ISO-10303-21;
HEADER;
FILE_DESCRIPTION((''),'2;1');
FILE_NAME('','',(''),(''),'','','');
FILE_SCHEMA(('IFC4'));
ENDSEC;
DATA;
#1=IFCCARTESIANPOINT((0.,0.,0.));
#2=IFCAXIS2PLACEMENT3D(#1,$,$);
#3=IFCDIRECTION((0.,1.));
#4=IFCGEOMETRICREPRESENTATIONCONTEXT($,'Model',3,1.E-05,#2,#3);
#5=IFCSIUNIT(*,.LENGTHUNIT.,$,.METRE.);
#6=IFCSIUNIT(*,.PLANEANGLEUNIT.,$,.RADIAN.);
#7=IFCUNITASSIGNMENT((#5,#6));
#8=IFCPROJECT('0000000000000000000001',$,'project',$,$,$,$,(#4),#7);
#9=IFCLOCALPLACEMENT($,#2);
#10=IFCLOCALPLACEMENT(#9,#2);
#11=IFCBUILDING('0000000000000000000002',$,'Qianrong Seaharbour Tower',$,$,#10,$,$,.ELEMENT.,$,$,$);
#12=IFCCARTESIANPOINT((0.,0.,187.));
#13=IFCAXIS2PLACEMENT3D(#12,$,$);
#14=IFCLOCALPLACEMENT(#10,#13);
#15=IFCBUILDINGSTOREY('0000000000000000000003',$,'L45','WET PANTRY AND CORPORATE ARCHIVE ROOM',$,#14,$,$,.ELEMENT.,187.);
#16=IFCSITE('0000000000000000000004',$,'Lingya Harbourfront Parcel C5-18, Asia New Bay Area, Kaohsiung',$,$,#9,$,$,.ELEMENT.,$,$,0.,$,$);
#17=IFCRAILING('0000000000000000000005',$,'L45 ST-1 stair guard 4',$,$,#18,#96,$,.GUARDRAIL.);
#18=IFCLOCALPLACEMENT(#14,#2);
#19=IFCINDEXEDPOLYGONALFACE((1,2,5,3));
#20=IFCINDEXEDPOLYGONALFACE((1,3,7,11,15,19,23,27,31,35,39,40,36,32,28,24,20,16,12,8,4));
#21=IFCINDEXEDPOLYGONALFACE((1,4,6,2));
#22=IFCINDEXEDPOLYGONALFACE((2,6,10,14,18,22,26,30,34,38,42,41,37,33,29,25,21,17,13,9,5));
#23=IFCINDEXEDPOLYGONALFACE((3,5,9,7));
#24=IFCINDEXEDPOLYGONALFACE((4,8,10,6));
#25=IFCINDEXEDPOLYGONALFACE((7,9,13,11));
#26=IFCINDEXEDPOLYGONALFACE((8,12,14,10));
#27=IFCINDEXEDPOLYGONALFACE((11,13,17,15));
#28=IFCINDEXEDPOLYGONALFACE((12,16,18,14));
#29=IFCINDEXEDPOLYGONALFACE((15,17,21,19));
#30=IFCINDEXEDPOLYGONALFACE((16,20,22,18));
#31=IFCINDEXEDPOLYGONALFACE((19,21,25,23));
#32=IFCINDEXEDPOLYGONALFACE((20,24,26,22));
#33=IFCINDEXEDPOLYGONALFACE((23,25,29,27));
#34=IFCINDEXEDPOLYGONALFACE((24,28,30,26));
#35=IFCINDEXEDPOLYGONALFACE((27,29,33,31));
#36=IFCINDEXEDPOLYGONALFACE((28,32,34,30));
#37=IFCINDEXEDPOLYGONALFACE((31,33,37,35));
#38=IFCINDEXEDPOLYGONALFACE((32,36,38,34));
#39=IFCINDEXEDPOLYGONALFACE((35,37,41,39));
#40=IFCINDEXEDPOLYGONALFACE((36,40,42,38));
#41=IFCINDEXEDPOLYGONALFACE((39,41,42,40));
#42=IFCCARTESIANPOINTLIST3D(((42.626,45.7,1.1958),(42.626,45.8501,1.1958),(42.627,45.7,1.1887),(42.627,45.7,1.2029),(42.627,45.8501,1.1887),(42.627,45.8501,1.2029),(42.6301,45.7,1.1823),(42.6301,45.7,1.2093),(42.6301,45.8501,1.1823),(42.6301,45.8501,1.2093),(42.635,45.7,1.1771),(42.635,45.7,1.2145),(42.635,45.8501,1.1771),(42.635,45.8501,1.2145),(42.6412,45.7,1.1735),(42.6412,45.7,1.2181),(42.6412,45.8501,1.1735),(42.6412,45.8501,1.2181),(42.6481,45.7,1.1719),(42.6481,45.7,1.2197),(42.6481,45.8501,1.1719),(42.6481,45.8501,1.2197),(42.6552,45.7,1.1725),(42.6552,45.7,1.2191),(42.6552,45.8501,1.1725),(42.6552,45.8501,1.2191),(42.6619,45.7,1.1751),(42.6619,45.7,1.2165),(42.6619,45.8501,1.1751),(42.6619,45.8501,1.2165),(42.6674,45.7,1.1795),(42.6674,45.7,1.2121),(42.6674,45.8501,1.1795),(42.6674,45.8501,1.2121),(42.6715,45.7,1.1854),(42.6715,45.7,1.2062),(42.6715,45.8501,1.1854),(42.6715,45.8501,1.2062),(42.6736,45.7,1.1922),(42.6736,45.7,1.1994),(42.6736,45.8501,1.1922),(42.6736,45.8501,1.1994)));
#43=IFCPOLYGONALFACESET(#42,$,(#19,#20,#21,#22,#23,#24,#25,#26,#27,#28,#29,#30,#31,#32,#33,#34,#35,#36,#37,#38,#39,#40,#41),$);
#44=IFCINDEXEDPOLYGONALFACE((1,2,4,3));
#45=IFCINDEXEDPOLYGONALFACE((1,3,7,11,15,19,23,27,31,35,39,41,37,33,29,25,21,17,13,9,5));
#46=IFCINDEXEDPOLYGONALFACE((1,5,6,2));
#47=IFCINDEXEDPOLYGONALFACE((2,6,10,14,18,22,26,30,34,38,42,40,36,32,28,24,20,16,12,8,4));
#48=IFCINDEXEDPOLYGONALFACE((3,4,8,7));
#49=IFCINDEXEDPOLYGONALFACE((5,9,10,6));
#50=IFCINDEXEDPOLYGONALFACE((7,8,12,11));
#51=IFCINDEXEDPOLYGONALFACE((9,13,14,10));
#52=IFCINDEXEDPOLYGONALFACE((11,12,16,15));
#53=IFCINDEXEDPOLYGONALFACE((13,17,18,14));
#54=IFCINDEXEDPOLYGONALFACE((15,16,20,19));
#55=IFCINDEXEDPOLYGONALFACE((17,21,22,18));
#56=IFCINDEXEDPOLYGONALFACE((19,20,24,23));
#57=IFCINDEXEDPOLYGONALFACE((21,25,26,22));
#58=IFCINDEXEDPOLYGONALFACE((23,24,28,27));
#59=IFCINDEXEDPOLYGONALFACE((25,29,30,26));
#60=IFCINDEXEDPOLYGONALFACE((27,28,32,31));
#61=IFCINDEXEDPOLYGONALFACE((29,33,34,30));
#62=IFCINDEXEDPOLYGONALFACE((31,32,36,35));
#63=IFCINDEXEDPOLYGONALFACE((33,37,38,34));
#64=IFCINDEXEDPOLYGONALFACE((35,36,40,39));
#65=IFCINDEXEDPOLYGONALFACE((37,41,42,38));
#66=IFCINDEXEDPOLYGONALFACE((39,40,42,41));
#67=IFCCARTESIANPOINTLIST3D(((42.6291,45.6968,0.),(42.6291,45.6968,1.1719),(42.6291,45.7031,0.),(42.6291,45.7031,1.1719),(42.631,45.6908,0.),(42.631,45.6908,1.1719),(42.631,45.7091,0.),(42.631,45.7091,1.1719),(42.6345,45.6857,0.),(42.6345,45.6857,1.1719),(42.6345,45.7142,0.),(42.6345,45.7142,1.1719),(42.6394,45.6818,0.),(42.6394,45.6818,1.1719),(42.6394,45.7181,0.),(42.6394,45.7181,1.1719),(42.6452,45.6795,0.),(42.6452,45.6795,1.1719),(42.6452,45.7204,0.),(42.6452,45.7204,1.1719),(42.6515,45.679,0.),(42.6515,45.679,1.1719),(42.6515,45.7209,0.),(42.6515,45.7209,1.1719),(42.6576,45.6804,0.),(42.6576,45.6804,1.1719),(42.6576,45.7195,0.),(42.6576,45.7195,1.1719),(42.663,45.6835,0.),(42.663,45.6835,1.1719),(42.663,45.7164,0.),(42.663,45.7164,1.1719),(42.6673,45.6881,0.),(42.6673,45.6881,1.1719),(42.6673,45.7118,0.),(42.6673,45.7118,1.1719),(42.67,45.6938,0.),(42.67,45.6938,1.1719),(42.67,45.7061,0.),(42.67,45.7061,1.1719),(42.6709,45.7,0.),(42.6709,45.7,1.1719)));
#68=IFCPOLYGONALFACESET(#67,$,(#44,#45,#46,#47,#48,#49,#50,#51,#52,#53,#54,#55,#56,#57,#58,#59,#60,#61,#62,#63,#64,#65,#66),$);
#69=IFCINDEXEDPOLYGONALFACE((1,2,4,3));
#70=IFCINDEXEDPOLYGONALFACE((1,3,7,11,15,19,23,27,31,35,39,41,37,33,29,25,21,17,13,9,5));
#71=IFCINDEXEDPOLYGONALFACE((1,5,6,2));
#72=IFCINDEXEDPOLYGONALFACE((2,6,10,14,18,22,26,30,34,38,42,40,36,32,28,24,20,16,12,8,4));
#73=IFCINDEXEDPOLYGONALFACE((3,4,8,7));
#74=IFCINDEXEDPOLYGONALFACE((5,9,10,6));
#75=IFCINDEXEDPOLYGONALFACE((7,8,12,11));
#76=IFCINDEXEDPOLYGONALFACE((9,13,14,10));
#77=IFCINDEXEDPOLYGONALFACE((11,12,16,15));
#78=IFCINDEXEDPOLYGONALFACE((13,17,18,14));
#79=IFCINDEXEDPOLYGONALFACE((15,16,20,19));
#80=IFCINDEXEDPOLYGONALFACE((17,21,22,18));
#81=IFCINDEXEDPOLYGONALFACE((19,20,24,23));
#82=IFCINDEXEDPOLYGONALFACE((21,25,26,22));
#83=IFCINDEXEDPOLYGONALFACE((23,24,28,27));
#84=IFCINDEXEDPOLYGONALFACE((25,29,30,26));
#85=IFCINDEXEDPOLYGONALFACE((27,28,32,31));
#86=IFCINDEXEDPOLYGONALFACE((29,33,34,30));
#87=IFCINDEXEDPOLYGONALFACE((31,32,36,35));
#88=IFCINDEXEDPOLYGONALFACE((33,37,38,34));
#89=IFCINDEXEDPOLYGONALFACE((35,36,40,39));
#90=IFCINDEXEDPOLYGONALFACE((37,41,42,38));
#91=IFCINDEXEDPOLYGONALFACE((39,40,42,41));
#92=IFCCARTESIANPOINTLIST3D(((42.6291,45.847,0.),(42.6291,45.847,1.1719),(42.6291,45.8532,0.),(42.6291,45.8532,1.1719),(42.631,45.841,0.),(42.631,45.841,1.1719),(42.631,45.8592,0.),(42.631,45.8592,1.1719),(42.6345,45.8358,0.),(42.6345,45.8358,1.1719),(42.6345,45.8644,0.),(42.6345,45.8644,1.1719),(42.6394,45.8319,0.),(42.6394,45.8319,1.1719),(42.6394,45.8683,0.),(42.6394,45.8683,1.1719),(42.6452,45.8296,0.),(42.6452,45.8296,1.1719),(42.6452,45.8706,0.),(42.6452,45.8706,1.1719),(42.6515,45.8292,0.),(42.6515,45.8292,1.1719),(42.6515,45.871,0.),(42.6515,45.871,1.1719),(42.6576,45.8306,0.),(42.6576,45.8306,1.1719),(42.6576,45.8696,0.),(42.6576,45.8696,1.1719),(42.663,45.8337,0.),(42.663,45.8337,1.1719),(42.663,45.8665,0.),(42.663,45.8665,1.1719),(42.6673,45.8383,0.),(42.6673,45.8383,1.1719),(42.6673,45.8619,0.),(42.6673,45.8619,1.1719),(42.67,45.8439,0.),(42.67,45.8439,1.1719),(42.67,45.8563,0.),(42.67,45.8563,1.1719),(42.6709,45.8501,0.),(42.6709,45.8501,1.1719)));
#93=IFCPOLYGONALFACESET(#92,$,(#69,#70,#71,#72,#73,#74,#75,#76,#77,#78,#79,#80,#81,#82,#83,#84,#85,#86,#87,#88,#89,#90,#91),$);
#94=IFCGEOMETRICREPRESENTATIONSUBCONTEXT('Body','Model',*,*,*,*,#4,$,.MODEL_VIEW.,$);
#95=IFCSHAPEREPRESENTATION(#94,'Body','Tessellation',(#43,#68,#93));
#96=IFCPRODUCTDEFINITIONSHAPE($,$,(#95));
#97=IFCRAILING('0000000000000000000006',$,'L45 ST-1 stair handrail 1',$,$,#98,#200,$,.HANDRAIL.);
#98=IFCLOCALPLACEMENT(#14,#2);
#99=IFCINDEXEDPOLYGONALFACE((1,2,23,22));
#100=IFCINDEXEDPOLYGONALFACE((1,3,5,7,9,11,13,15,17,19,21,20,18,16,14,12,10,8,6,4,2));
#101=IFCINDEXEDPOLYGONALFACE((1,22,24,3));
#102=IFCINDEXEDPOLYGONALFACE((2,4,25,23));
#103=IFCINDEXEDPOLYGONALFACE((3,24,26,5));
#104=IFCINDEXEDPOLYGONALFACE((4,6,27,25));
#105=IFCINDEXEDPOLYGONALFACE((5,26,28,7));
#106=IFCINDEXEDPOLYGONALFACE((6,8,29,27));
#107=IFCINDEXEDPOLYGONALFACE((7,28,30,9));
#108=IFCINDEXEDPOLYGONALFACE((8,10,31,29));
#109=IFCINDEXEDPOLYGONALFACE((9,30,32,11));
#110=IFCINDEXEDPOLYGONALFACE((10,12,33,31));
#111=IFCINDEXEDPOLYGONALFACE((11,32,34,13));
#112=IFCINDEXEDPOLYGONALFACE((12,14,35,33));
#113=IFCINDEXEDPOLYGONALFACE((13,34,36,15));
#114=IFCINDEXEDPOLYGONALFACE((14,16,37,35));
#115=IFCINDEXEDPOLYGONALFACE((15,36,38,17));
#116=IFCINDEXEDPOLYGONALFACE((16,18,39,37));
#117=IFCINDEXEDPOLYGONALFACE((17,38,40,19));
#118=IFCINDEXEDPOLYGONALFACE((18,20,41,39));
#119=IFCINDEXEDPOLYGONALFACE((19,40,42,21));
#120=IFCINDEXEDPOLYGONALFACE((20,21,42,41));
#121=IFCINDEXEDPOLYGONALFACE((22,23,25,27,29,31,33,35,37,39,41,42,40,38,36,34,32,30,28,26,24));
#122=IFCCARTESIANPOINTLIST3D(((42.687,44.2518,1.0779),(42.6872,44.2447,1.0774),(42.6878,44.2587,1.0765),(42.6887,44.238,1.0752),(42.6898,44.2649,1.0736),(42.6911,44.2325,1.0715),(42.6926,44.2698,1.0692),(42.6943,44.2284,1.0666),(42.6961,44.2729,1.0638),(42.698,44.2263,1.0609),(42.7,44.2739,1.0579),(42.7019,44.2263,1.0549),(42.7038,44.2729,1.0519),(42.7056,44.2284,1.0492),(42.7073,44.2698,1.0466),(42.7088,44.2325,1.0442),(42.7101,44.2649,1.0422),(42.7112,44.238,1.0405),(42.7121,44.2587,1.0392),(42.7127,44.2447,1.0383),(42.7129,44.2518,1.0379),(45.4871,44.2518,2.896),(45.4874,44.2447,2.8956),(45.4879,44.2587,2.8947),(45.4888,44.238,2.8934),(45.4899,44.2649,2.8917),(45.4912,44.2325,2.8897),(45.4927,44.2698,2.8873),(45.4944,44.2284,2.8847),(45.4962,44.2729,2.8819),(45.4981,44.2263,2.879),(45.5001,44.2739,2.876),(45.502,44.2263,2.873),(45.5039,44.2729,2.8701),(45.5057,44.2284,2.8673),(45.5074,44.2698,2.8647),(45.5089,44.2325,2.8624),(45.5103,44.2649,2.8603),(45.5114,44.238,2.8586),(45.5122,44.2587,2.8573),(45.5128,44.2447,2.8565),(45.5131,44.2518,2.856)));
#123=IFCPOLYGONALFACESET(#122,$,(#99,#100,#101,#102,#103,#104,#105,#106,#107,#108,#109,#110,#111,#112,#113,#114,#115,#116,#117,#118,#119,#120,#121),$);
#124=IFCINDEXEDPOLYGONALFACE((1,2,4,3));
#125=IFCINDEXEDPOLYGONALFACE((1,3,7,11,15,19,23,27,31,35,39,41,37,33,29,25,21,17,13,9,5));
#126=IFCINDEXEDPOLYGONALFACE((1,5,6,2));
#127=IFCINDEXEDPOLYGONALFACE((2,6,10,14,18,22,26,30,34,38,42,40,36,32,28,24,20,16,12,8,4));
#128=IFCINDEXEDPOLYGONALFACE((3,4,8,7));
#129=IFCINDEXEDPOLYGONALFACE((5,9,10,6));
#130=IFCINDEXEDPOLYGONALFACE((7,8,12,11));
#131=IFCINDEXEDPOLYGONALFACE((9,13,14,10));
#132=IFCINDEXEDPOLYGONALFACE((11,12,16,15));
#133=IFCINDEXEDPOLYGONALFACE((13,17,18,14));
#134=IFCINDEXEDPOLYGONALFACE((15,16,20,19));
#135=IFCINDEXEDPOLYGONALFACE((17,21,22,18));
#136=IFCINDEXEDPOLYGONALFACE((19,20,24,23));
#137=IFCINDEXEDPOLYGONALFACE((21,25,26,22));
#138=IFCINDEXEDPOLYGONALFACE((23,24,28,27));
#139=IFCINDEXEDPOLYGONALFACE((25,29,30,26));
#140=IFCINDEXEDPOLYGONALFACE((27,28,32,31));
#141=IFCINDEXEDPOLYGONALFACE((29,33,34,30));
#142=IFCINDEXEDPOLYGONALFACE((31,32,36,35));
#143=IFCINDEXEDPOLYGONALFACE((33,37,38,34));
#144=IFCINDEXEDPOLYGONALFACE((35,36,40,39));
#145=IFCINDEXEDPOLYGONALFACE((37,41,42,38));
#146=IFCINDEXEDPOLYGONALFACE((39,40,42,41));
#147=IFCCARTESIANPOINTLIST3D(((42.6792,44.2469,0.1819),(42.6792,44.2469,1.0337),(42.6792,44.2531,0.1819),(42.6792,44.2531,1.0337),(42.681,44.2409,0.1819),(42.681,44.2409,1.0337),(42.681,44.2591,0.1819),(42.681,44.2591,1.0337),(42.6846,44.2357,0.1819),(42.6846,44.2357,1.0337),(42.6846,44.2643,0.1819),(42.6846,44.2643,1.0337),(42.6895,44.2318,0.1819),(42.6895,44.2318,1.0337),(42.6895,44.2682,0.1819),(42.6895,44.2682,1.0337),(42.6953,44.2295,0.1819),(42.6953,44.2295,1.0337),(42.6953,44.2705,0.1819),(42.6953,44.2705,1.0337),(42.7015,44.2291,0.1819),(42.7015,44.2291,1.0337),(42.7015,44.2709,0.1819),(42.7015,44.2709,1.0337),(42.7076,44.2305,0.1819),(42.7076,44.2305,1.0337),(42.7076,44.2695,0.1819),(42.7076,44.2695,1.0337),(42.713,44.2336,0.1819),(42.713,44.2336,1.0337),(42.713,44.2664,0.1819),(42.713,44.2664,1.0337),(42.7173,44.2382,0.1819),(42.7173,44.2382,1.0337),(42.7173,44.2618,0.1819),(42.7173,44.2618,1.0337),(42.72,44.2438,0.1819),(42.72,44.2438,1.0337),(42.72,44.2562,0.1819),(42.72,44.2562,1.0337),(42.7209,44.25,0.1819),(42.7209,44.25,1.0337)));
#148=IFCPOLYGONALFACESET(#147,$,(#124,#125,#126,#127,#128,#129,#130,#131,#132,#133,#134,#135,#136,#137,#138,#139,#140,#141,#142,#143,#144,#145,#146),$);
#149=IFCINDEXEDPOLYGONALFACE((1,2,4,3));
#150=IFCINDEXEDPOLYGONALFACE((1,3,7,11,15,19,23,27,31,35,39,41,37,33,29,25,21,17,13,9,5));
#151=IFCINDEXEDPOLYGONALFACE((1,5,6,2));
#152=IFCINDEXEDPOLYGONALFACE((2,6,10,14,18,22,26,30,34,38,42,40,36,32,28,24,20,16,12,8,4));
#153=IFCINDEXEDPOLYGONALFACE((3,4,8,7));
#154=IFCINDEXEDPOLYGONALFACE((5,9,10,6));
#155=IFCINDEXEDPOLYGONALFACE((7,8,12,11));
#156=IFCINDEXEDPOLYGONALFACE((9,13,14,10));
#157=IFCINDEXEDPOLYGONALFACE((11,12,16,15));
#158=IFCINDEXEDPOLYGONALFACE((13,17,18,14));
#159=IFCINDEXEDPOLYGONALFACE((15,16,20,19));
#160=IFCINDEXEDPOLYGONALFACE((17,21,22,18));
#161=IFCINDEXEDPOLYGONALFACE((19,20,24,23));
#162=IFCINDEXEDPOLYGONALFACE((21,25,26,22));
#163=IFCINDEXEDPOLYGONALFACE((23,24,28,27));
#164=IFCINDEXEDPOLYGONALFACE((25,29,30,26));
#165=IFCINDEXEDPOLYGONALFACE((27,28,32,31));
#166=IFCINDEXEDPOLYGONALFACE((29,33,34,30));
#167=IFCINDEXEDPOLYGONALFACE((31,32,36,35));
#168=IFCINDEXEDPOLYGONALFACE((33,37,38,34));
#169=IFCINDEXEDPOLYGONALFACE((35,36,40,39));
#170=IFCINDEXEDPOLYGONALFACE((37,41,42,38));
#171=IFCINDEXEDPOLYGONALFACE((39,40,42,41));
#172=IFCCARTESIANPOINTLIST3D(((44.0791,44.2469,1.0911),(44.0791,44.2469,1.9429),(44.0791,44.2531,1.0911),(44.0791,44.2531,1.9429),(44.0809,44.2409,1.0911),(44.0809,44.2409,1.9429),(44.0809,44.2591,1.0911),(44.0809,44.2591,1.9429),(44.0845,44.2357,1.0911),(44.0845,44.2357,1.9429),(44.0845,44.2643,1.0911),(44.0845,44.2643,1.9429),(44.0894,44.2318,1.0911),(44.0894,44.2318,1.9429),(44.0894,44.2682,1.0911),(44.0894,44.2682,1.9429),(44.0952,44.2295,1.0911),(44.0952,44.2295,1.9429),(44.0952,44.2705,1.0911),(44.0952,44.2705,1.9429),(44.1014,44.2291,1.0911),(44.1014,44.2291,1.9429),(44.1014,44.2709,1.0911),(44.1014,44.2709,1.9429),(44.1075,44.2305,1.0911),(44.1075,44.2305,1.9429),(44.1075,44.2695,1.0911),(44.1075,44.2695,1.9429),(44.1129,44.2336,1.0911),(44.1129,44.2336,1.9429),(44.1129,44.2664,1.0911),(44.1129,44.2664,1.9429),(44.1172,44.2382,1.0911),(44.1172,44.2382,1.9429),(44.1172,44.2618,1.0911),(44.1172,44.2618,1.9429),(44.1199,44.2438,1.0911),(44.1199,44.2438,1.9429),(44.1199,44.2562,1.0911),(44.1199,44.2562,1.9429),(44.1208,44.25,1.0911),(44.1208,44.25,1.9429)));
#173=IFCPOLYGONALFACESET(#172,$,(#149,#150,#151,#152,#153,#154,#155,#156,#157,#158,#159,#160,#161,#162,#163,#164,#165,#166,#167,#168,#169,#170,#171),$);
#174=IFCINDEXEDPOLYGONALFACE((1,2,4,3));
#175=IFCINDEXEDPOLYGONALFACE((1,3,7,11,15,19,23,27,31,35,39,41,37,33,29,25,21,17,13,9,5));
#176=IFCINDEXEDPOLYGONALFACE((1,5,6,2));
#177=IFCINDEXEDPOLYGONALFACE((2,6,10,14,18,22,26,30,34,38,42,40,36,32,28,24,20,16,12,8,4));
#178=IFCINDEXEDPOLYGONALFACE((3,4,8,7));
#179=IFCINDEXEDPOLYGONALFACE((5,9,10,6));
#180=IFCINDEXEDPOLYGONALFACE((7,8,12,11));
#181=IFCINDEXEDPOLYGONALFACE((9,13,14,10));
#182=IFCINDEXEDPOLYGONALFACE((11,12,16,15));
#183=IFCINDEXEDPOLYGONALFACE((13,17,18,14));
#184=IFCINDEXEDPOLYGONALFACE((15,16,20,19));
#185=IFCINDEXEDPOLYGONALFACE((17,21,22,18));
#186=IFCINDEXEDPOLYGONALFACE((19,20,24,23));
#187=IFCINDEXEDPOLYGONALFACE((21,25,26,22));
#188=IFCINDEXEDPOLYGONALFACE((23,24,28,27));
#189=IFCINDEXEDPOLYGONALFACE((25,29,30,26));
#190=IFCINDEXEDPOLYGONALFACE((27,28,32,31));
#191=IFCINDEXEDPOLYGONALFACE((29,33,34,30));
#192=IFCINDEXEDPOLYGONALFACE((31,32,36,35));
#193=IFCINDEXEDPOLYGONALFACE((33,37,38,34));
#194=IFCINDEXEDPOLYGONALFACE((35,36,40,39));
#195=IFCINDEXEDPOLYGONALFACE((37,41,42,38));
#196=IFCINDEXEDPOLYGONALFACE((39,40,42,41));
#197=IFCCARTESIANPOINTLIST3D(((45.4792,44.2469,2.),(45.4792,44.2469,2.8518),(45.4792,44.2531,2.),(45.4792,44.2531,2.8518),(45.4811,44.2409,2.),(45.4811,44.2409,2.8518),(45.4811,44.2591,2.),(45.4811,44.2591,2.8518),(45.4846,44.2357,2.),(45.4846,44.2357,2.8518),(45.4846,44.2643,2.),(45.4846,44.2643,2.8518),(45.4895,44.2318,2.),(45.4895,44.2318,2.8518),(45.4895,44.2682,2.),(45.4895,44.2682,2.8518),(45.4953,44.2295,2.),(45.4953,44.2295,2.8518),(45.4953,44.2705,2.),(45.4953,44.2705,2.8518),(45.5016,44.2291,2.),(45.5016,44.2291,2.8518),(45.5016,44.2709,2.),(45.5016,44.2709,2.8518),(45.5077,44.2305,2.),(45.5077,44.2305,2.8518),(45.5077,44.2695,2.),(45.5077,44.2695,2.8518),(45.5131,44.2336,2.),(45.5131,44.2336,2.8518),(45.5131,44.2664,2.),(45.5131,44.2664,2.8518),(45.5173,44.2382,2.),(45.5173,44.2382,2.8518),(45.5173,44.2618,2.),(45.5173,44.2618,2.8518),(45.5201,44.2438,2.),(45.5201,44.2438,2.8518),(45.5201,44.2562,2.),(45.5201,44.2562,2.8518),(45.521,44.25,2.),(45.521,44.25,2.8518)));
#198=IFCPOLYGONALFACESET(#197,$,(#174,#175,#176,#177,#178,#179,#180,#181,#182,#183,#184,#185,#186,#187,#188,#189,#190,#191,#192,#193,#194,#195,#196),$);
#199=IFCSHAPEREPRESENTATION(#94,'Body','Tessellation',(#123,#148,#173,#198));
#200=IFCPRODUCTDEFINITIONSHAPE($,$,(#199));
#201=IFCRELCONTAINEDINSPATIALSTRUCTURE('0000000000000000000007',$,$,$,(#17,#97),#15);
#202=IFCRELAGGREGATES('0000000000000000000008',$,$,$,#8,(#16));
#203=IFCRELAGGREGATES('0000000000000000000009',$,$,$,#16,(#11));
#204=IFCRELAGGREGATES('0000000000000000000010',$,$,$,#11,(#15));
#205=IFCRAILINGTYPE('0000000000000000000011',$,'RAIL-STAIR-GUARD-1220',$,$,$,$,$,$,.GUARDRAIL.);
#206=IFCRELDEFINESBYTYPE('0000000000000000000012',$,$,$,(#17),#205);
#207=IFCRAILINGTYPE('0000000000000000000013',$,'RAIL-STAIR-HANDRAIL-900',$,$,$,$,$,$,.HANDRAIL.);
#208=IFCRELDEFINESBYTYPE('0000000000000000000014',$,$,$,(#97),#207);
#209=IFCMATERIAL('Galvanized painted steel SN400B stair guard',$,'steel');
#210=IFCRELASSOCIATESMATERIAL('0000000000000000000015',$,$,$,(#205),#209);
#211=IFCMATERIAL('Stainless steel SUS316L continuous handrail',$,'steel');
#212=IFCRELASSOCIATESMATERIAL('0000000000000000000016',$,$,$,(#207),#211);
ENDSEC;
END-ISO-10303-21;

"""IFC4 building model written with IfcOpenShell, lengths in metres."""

from ifc_helpers import new_model, si_unit, direction, frame, origin, origin_2d, place, context, subcontext, project, spatial, circle, extrude, material, type_object, element, save


model = new_model("IFC4")

# Units and contexts
model_context = context("Model", 3, precision=1e-05, world=origin(), true_north=direction((0.0, 1.0)))
body_context = subcontext(model_context, "Body", "Model", "MODEL_VIEW")
ifc_project = project(units=[si_unit("LENGTHUNIT", "METRE"), si_unit("PLANEANGLEUNIT", "RADIAN")], contexts=[model_context])

# Site, building, storey
site_placement = place(None, origin())
site = spatial("IfcSite", under=ifc_project, at=site_placement, Name="Lingya Harbourfront Parcel C5-18, Asia New Bay Area, Kaohsiung", CompositionType="ELEMENT", RefElevation=0.0)
building_placement = place(site_placement, origin())
building = spatial("IfcBuilding", under=site, at=building_placement, Name="Qianrong Seaharbour Tower", CompositionType="ELEMENT")
storey_placement = place(building_placement, frame((0.0, 0.0, 187.0)))
storey = spatial("IfcBuildingStorey", under=building, at=storey_placement, Name="L45", Description="WET PANTRY AND CORPORATE ARCHIVE ROOM", CompositionType="ELEMENT", Elevation=187.0)

# Railings
ifc_material_1 = material(Name="Galvanized painted steel SN400B stair guard", Category="steel")
railing_type_1 = type_object("IfcRailingType", Name="RAIL-STAIR-GUARD-1220", PredefinedType="GUARDRAIL", material=ifc_material_1)
railing_1_placement = place(storey_placement, frame((42.6499, 45.7, 0.0)))
element("IfcRailing", 1, at=railing_1_placement, inside=storey, type_object=railing_type_1, Name="L45 ST-1 stair guard 4", PredefinedType="GUARDRAIL", context=body_context, shape_type="SweptSolid", body=[
    extrude(circle(Radius=0.0239, at=origin_2d()), frame((0.0, 0.0, 1.1958), z_axis=(0.0, 1.0, 0.0), x_axis=(-1.0, 0.0, 0.0)), (0.0, 0.0, 1.0), 0.1501),
    extrude(circle(Radius=0.021, at=origin_2d()), origin(), (0.0, 0.0, 1.0), 1.1719),
    extrude(circle(Radius=0.021, at=origin_2d()), frame((0.0, 0.1501, 0.0)), (0.0, 0.0, 1.0), 1.1719),
])
ifc_material_2 = material(Name="Stainless steel SUS316L continuous handrail", Category="steel")
railing_type_2 = type_object("IfcRailingType", Name="RAIL-STAIR-HANDRAIL-900", PredefinedType="HANDRAIL", material=ifc_material_2)
railing_2_placement = place(storey_placement, frame((42.7, 44.25, 0.1819)))
element("IfcRailing", 2, at=railing_2_placement, inside=storey, type_object=railing_type_2, Name="L45 ST-1 stair handrail 1", PredefinedType="HANDRAIL", context=body_context, shape_type="SweptSolid", body=[
    extrude(circle(Radius=0.0239, at=origin_2d()), frame((0.0, 0.0, 0.876), z_axis=(0.838706, 0.0, 0.544585), x_axis=(0.0, 1.0, 0.0)), (0.0, 0.0, 1.0), 3.3386),
    extrude(circle(Radius=0.021, at=origin_2d()), origin(), (0.0, 0.0, 1.0), 0.8518),
    extrude(circle(Radius=0.021, at=origin_2d()), frame((1.3999, 0.0, 0.9092)), (0.0, 0.0, 1.0), 0.8518),
    extrude(circle(Radius=0.021, at=origin_2d()), frame((2.8, 0.0, 1.8181)), (0.0, 0.0, 1.0), 0.8518),
])

save(model, "model.ifc")
